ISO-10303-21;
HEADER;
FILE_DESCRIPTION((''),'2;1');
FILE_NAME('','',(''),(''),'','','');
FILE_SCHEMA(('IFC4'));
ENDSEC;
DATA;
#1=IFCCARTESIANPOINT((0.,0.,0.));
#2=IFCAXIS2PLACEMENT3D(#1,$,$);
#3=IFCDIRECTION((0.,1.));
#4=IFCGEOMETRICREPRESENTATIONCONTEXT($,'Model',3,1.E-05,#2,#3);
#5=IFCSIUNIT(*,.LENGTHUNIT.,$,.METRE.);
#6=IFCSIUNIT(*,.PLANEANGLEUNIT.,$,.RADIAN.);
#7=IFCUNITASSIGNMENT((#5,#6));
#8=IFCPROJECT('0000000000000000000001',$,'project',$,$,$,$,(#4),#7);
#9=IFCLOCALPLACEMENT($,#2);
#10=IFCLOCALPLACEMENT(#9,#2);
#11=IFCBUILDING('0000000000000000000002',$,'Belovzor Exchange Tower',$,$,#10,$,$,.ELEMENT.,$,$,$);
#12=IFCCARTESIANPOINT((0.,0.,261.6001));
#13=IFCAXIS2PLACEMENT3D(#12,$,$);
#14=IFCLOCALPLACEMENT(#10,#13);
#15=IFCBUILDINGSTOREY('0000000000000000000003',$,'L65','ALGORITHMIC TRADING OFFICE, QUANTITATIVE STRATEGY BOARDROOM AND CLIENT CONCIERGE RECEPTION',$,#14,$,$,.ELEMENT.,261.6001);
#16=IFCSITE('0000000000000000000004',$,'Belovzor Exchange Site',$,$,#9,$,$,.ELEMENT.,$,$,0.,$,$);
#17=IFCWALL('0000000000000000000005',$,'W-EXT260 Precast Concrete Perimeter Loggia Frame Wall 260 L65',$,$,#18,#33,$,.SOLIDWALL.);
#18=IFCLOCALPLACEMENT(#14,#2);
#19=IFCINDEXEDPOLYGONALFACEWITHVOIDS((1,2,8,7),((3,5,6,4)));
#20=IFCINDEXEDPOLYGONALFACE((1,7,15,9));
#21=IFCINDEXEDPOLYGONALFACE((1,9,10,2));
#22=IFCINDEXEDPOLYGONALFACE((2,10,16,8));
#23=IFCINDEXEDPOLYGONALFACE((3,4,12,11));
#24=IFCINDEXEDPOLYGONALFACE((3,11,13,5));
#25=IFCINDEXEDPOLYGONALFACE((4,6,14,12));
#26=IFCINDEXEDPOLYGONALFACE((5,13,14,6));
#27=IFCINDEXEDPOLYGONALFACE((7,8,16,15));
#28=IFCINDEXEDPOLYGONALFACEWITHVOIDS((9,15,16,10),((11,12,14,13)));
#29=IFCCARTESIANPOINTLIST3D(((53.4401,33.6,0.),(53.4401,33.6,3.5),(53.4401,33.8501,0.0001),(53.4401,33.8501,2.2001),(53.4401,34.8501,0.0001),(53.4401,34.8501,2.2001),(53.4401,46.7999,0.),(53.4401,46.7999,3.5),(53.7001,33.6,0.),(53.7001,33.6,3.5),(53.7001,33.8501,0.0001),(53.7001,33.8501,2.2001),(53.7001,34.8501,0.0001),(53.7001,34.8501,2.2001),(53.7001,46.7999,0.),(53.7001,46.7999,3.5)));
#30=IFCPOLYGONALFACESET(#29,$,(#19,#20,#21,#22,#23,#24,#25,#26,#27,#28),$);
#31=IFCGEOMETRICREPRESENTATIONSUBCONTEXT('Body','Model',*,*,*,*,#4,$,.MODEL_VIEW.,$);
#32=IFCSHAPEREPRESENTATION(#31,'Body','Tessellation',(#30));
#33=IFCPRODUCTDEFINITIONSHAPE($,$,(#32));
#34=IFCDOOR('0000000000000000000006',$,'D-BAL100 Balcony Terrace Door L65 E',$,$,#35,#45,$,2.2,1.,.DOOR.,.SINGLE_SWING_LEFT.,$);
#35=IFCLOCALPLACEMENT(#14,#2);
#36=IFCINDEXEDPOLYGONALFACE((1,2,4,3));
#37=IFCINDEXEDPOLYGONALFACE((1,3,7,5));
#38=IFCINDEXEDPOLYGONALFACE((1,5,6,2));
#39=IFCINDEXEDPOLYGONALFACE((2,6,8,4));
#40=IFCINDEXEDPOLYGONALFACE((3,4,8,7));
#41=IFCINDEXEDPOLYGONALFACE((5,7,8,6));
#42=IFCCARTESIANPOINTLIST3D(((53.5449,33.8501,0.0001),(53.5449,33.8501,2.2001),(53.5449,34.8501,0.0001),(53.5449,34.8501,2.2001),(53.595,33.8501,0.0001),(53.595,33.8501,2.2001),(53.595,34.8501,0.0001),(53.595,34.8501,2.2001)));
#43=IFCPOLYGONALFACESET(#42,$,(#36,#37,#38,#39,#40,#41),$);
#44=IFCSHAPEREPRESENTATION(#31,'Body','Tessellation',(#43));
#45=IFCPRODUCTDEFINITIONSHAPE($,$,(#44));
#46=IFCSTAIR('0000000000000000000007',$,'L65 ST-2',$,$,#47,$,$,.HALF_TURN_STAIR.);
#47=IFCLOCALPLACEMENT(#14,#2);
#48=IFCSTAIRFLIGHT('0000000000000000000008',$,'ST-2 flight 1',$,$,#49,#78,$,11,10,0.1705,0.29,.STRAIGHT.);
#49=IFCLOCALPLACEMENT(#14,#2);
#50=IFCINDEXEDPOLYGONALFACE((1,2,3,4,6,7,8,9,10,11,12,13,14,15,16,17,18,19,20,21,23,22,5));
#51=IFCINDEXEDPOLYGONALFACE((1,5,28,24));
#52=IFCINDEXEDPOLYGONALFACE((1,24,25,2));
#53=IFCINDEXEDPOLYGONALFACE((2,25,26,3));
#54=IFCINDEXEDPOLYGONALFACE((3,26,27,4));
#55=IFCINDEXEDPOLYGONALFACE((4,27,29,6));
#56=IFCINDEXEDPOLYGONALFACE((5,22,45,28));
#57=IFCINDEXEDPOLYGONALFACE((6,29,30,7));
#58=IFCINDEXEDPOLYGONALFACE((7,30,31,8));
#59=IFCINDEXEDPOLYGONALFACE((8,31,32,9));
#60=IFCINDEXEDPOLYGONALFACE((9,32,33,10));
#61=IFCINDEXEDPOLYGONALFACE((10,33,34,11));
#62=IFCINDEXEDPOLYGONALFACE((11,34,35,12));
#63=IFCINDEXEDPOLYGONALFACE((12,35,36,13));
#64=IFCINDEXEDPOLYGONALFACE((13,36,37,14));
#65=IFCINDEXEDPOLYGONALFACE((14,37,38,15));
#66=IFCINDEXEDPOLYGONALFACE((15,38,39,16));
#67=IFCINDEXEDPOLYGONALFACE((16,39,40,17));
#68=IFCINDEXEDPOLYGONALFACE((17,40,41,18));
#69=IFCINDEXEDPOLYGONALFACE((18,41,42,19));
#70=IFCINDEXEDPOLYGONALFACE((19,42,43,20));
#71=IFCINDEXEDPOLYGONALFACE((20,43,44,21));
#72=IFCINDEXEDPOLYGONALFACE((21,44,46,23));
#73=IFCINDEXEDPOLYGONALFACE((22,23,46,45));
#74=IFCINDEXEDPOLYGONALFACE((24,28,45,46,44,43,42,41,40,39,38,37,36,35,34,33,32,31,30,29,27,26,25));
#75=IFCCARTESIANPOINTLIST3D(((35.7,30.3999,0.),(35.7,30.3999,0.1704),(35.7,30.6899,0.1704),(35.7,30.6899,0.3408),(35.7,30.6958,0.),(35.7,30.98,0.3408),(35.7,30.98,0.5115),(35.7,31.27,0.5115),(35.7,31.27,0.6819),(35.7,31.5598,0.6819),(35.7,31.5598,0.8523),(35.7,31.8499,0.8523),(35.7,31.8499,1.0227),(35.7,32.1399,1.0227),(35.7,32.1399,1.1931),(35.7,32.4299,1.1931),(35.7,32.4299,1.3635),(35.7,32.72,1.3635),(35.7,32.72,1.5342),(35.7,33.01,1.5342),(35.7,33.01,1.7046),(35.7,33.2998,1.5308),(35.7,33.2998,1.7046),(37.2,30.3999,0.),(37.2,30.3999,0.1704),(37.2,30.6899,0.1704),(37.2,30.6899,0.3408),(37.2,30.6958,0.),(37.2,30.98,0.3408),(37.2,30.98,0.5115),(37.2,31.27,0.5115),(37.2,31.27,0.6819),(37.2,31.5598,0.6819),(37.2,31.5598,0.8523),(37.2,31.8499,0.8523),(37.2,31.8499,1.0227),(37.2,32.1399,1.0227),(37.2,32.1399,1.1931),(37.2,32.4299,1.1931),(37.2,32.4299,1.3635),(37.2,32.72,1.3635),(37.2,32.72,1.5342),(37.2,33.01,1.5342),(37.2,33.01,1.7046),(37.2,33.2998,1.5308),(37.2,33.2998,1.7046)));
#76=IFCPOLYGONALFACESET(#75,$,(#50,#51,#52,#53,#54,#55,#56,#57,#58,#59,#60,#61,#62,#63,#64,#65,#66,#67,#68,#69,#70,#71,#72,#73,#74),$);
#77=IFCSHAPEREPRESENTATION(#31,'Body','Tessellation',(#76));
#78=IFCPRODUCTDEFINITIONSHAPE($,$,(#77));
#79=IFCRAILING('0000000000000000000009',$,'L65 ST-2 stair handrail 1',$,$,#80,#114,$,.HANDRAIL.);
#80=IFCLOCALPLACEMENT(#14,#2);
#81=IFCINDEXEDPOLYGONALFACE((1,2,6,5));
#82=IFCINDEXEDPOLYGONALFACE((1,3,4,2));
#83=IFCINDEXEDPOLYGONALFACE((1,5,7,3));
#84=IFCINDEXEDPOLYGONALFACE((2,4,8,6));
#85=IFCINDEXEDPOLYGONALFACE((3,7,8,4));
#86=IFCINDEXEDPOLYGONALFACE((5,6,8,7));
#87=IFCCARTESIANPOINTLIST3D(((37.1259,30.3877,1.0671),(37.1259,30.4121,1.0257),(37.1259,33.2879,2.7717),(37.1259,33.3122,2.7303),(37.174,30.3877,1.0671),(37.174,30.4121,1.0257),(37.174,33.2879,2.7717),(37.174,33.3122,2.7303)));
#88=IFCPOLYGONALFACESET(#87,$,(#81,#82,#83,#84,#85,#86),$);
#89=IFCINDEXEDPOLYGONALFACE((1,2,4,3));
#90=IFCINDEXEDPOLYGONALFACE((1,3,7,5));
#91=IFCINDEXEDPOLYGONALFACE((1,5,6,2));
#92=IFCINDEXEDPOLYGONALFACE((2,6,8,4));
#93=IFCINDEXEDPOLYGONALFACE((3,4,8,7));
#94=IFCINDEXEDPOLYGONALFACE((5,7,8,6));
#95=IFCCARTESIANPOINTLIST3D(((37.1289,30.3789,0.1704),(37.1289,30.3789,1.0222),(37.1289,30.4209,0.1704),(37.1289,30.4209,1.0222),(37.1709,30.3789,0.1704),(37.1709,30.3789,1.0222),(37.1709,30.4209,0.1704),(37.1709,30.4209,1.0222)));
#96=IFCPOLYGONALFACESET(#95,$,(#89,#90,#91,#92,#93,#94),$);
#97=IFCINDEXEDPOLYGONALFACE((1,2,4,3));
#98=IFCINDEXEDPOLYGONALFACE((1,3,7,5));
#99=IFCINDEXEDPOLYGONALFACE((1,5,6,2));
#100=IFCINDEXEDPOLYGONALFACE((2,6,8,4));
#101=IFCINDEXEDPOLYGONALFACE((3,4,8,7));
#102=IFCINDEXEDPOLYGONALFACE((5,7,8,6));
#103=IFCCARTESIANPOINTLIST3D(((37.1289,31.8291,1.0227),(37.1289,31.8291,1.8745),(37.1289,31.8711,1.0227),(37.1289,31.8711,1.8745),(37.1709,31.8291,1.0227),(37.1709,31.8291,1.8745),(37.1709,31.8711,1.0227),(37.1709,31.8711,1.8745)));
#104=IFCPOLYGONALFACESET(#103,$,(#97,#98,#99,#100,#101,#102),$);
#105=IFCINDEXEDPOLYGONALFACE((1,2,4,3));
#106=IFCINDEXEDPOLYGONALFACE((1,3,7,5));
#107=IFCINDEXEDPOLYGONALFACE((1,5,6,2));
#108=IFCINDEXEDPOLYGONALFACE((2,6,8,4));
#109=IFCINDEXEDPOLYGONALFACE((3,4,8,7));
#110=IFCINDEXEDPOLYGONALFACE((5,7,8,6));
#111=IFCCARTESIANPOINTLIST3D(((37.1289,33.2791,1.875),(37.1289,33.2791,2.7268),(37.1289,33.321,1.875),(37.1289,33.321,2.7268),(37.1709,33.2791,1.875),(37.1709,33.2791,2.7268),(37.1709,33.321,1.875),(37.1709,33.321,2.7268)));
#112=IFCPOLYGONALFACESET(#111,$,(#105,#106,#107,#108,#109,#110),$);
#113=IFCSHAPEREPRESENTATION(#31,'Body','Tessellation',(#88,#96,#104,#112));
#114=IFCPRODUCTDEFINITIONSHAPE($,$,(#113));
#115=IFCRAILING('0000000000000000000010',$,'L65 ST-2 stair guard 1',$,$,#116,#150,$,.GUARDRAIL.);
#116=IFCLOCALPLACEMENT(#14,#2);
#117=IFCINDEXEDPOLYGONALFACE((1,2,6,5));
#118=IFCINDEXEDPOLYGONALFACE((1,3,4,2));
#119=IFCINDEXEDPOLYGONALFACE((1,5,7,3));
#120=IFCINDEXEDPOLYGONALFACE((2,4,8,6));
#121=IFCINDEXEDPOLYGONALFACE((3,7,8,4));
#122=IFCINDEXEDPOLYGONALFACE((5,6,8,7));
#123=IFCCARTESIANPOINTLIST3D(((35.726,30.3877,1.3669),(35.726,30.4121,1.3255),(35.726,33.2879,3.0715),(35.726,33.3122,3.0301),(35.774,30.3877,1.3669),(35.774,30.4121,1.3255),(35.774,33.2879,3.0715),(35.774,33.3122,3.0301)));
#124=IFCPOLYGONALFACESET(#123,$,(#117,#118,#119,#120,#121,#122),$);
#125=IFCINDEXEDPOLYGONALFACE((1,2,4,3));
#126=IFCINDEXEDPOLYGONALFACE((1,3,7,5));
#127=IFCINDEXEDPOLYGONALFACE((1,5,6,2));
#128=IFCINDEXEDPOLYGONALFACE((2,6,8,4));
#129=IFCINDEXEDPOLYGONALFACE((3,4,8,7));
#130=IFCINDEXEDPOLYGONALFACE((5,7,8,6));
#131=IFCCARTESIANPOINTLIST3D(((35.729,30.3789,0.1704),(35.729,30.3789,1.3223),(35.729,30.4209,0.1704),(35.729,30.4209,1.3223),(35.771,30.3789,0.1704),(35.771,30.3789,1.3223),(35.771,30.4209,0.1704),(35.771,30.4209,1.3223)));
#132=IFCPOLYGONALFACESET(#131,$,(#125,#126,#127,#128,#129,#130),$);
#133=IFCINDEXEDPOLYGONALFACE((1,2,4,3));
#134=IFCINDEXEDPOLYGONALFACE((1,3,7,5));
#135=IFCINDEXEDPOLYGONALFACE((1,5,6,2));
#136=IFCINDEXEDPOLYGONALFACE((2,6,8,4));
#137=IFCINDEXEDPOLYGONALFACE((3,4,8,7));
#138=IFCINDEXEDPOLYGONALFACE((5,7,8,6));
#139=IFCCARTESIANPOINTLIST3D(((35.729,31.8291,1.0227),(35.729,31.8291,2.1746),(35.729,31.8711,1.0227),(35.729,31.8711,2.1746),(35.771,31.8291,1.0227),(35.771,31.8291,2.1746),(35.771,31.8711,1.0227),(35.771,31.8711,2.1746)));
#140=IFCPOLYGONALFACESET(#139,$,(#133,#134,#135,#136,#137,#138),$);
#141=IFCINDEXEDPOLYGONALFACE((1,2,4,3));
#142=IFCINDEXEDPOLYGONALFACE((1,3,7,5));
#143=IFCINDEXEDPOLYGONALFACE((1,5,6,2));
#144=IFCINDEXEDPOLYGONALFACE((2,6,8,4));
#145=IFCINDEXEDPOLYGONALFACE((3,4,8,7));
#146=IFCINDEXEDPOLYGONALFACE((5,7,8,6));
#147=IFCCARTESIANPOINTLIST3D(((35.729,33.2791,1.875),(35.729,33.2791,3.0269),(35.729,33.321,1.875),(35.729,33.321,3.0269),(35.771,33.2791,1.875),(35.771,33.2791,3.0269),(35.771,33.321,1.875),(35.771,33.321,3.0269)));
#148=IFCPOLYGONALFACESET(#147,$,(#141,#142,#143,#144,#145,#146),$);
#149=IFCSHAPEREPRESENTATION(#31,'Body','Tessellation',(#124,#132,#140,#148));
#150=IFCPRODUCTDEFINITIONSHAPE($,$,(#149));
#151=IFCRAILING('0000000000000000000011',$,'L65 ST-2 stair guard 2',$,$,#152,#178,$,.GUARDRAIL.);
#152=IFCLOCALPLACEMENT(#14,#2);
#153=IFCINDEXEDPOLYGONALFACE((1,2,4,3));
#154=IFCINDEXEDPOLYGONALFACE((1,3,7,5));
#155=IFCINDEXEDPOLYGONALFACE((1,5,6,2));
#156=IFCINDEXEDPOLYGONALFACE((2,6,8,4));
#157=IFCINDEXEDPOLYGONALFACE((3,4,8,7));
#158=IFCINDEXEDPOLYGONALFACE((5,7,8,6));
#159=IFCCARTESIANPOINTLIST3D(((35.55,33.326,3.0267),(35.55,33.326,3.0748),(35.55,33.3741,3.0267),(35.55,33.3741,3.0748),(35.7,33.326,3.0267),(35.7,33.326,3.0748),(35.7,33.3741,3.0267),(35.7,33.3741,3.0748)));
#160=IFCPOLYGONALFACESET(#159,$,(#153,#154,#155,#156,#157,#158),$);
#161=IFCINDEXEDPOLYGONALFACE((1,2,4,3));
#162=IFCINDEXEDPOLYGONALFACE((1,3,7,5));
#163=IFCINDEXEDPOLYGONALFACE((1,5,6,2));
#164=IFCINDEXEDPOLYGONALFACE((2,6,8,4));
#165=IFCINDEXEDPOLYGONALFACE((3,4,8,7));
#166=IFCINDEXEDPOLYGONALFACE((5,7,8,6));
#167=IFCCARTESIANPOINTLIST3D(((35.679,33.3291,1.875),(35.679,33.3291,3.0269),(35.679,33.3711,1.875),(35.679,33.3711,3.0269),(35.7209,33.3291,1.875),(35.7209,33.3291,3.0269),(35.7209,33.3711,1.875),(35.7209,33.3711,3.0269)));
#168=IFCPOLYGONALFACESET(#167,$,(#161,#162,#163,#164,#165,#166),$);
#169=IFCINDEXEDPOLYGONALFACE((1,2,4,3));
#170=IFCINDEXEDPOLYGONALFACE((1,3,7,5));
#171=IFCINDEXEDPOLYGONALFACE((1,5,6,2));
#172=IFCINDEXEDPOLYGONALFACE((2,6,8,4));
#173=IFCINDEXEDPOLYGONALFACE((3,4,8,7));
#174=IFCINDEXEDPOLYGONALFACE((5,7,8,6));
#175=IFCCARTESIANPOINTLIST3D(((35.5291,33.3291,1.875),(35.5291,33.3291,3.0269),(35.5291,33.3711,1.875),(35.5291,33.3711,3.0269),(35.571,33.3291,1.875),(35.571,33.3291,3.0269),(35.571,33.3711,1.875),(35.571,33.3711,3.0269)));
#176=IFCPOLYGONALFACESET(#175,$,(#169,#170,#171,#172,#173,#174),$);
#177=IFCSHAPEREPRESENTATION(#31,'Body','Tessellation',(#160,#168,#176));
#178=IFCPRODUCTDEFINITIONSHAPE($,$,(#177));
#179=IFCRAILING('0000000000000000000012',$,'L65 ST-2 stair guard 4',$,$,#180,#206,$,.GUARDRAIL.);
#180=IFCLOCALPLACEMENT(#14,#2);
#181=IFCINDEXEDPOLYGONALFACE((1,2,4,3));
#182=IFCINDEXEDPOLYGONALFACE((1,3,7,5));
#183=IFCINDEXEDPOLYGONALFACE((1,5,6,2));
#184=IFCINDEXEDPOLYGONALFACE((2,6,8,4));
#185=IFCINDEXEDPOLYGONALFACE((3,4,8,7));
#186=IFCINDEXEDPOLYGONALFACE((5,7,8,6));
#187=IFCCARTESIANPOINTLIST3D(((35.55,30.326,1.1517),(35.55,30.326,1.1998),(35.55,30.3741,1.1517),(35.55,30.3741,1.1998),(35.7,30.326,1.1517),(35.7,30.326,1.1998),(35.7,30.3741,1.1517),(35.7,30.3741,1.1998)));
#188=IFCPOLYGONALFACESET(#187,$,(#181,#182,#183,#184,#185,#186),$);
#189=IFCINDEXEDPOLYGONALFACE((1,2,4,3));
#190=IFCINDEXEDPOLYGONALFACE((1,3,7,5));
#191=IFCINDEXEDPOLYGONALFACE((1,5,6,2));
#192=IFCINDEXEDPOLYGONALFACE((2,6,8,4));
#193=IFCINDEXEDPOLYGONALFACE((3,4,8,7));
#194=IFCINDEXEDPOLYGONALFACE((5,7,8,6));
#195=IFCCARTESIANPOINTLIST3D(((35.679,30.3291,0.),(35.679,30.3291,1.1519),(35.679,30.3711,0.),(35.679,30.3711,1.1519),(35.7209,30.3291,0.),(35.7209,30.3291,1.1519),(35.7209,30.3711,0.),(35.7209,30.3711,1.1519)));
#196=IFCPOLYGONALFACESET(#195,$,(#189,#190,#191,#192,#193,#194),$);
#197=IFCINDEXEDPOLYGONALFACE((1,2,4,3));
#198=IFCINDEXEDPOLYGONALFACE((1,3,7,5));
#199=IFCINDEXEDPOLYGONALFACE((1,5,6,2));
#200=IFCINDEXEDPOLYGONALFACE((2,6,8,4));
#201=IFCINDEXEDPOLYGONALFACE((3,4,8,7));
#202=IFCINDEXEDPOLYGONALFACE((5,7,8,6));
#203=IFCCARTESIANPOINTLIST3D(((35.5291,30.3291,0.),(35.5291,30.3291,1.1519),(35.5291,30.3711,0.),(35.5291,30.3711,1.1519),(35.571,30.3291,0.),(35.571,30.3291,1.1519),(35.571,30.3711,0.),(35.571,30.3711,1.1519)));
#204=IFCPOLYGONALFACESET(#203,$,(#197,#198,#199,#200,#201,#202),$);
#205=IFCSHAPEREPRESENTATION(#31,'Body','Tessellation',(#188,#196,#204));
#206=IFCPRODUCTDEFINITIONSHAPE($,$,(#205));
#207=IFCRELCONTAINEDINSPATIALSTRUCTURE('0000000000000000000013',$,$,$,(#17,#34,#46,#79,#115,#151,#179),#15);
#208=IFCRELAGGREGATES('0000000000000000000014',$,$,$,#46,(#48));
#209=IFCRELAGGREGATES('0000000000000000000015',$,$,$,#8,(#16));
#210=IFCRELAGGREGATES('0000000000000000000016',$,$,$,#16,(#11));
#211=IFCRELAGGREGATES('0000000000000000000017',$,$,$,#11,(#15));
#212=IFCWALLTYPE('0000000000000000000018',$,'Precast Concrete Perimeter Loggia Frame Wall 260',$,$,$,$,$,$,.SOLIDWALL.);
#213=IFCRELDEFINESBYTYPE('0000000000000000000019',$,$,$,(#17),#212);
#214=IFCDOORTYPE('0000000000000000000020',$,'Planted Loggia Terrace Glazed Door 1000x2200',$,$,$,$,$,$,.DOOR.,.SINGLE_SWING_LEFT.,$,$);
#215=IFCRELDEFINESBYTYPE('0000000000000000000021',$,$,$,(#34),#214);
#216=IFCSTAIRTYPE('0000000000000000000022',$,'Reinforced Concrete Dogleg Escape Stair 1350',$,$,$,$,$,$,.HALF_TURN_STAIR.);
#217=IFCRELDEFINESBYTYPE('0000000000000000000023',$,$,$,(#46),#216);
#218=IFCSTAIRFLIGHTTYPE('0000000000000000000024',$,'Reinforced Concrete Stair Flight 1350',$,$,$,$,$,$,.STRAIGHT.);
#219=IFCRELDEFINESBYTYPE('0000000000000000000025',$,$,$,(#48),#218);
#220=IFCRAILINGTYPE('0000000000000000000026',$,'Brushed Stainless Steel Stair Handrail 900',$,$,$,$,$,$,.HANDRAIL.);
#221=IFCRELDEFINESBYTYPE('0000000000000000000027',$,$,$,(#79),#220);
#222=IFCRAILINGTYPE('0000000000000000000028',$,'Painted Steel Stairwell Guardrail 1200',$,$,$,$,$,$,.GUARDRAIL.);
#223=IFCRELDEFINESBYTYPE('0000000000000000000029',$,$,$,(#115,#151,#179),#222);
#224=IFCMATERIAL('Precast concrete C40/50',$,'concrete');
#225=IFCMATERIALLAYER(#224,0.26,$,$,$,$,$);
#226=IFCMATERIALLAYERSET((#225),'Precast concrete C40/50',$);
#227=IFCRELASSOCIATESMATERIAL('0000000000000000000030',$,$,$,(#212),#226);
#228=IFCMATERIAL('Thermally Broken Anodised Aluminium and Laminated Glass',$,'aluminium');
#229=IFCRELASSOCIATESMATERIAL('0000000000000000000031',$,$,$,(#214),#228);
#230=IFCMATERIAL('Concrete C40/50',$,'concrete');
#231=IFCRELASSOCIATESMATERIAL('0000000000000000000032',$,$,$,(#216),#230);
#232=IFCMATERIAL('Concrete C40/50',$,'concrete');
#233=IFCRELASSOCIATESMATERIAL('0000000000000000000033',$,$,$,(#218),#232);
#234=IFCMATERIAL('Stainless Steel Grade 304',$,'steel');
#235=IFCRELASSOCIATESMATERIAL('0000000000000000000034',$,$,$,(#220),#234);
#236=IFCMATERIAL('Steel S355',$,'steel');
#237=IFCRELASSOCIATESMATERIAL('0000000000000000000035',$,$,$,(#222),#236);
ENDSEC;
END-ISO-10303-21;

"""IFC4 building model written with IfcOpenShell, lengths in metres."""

from ifc_helpers import new_model, si_unit, direction, frame, frame_2d, origin, origin_2d, place, context, subcontext, project, spatial, polyline, rectangle, outline, extrude, material, layer, layer_set, type_object, element, fill, aggregate, save


model = new_model("IFC4")

# Units and contexts
model_context = context("Model", 3, precision=1e-05, world=origin(), true_north=direction((0.0, 1.0)))
body_context = subcontext(model_context, "Body", "Model", "MODEL_VIEW")
ifc_project = project(units=[si_unit("LENGTHUNIT", "METRE"), si_unit("PLANEANGLEUNIT", "RADIAN")], contexts=[model_context])

# Site, building, storey
site_placement = place(None, origin())
site = spatial("IfcSite", under=ifc_project, at=site_placement, Name="Belovzor Exchange Site", CompositionType="ELEMENT", RefElevation=0.0)
building_placement = place(site_placement, origin())
building = spatial("IfcBuilding", under=site, at=building_placement, Name="Belovzor Exchange Tower", CompositionType="ELEMENT")
storey_placement = place(building_placement, frame((0.0, 0.0, 261.6001)))
storey = spatial("IfcBuildingStorey", under=building, at=storey_placement, Name="L65", Description="ALGORITHMIC TRADING OFFICE, QUANTITATIVE STRATEGY BOARDROOM AND CLIENT CONCIERGE RECEPTION", CompositionType="ELEMENT", Elevation=261.6001)

# Wall, opening, door
ifc_material_1 = material(Name="Precast concrete C40/50", Category="concrete")
ifc_layer_1 = layer(ifc_material_1, 0.26)
ifc_layer_set_1 = layer_set([ifc_layer_1], Name="Precast concrete C40/50")
wall_type_1 = type_object("IfcWallType", Name="Precast Concrete Perimeter Loggia Frame Wall 260", PredefinedType="SOLIDWALL", material=ifc_layer_set_1)
wall_1_placement = place(storey_placement, frame((53.5701, 46.8, 0.0), z_axis=(0.0, 0.0, 1.0), x_axis=(0.0, -1.0, 0.0)))
wall_1 = element("IfcWall", 1, at=wall_1_placement, inside=storey, type_object=wall_type_1, Name="W-EXT260 Precast Concrete Perimeter Loggia Frame Wall 260 L65", PredefinedType="SOLIDWALL", context=body_context, shape_type="SweptSolid", body=[
    extrude(rectangle(XDim=13.2, YDim=0.26, at=frame_2d((6.6001, 0.0))), origin(), (0.0, 0.0, 1.0), 3.5),
])
opening_1_placement = place(wall_1_placement, frame((11.95, 0.0, 0.0)))
opening_1 = element("IfcOpeningElement", 2, at=opening_1_placement, cuts=wall_1, PredefinedType="OPENING", context=body_context, shape_type="SweptSolid", body=[
    extrude(rectangle(XDim=1.0, YDim=2.2, at=frame_2d((0.5, 1.1001))), frame((0.0, 0.1399, 0.0), z_axis=(0.0, -1.0, 0.0), x_axis=(1.0, 0.0, 0.0)), (0.0, 0.0, 1.0), 0.28),
])
ifc_material_2 = material(Name="Thermally Broken Anodised Aluminium and Laminated Glass", Category="aluminium")
door_type = type_object("IfcDoorType", Name="Planted Loggia Terrace Glazed Door 1000x2200", OperationType="SINGLE_SWING_LEFT", PredefinedType="DOOR", material=ifc_material_2)
door_placement = place(opening_1_placement, origin())
door = element("IfcDoor", 3, at=door_placement, inside=storey, type_object=door_type, Name="D-BAL100 Balcony Terrace Door L65 E", OperationType="SINGLE_SWING_LEFT", OverallHeight=2.2, OverallWidth=1.0, PredefinedType="DOOR", context=body_context, shape_type="SweptSolid", body=[
    extrude(rectangle(XDim=1.0, YDim=2.2, at=frame_2d((0.5, 1.1001))), frame((0.0, 0.0249, 0.0), z_axis=(0.0, -1.0, 0.0), x_axis=(1.0, 0.0, 0.0)), (0.0, 0.0, 1.0), 0.05),
])
fill(opening_1, door)

# Stair, stair flight
ifc_material_3 = material(Name="Concrete C40/50", Category="concrete")
stair_type = type_object("IfcStairType", Name="Reinforced Concrete Dogleg Escape Stair 1350", PredefinedType="HALF_TURN_STAIR", material=ifc_material_3)
stair_placement = place(storey_placement, origin())
stair = element("IfcStair", 4, at=stair_placement, inside=storey, type_object=stair_type, Name="L65 ST-2", PredefinedType="HALF_TURN_STAIR")
ifc_material_4 = material(Name="Concrete C40/50", Category="concrete")
stair_flight_type = type_object("IfcStairFlightType", Name="Reinforced Concrete Stair Flight 1350", PredefinedType="STRAIGHT", material=ifc_material_4)
stair_flight_placement = place(storey_placement, frame((36.45, 30.3999, 0.0), z_axis=(0.0, 0.0, 1.0), x_axis=(0.0, 1.0, 0.0)))
stair_flight = element("IfcStairFlight", 5, at=stair_flight_placement, type_object=stair_flight_type, Name="ST-2 flight 1", NumberOfRisers=11, NumberOfTreads=10, PredefinedType="STRAIGHT", RiserHeight=0.1705, TreadLength=0.29, context=body_context, shape_type="SweptSolid", body=[
    extrude(outline(polyline([(0.0, 0.0), (0.0, 0.1704), (0.29, 0.1704), (0.29, 0.3408), (0.5801, 0.3408), (0.5801, 0.5115), (0.8701, 0.5115), (0.8701, 0.6819), (1.1599, 0.6819), (1.1599, 0.8523), (1.45, 0.8523), (1.45, 1.0227), (1.74, 1.0227), (1.74, 1.1931), (2.03, 1.1931), (2.03, 1.3635), (2.3201, 1.3635), (2.3201, 1.5342), (2.6101, 1.5342), (2.6101, 1.7046), (2.8999, 1.7046), (2.8999, 1.875), (2.8999, 1.5308), (0.2959, 0.0), (0.0, 0.0)])), frame((0.0, 0.75, 0.0), z_axis=(0.0, -1.0, 0.0), x_axis=(1.0, 0.0, 0.0)), (0.0, 0.0, 1.0), 1.5),
])
aggregate(stair, [stair_flight])

# Railings
ifc_material_5 = material(Name="Stainless Steel Grade 304", Category="steel")
railing_type_1 = type_object("IfcRailingType", Name="Brushed Stainless Steel Stair Handrail 900", PredefinedType="HANDRAIL", material=ifc_material_5)
railing_1_placement = place(storey_placement, frame((37.1499, 30.3999, 0.1704)))
element("IfcRailing", 6, at=railing_1_placement, inside=storey, type_object=railing_type_1, Name="L65 ST-2 stair handrail 1", PredefinedType="HANDRAIL", context=body_context, shape_type="SweptSolid", body=[
    extrude(rectangle(XDim=0.0481, YDim=0.0481, at=origin_2d()), frame((0.0, 0.0, 0.876), z_axis=(0.0, 0.862113, 0.506716), x_axis=(-1.0, 0.0, 0.0)), (0.0, 0.0, 1.0), 3.364),
    extrude(rectangle(XDim=0.042, YDim=0.042, at=origin_2d()), origin(), (0.0, 0.0, 1.0), 0.8518),
    extrude(rectangle(XDim=0.042, YDim=0.042, at=origin_2d()), frame((0.0, 1.4502, 0.8523)), (0.0, 0.0, 1.0), 0.8518),
    extrude(rectangle(XDim=0.042, YDim=0.042, at=origin_2d()), frame((0.0, 2.9001, 1.7046)), (0.0, 0.0, 1.0), 0.8518),
])
ifc_material_6 = material(Name="Steel S355", Category="steel")
railing_type_2 = type_object("IfcRailingType", Name="Painted Steel Stairwell Guardrail 1200", PredefinedType="GUARDRAIL", material=ifc_material_6)
railing_2_placement = place(storey_placement, frame((35.75, 30.3999, 0.1704)))
element("IfcRailing", 7, at=railing_2_placement, inside=storey, type_object=railing_type_2, Name="L65 ST-2 stair guard 1", PredefinedType="GUARDRAIL", context=body_context, shape_type="SweptSolid", body=[
    extrude(rectangle(XDim=0.0481, YDim=0.0481, at=origin_2d()), frame((0.0, 0.0, 1.1758), z_axis=(0.0, 0.862113, 0.506716), x_axis=(-1.0, 0.0, 0.0)), (0.0, 0.0, 1.0), 3.364),
    extrude(rectangle(XDim=0.042, YDim=0.042, at=origin_2d()), origin(), (0.0, 0.0, 1.0), 1.1519),
    extrude(rectangle(XDim=0.042, YDim=0.042, at=origin_2d()), frame((0.0, 1.4502, 0.8523)), (0.0, 0.0, 1.0), 1.1519),
    extrude(rectangle(XDim=0.042, YDim=0.042, at=origin_2d()), frame((0.0, 2.9001, 1.7046)), (0.0, 0.0, 1.0), 1.1519),
])
for number, where, name in (
    (8, (35.7, 33.3501, 1.875), "L65 ST-2 stair guard 2"),
    (9, (35.7, 30.3501, 0.0), "L65 ST-2 stair guard 4"),
):
    element("IfcRailing", number, at=place(storey_placement, frame(where)), inside=storey, type_object=railing_type_2, Name=name, PredefinedType="GUARDRAIL", context=body_context, shape_type="SweptSolid", body=[
        extrude(rectangle(XDim=0.0481, YDim=0.0481, at=origin_2d()), frame((0.0, 0.0, 1.1758), z_axis=(-1.0, 0.0, 0.0), x_axis=(0.0, -1.0, 0.0)), (0.0, 0.0, 1.0), 0.1499),
        extrude(rectangle(XDim=0.042, YDim=0.042, at=origin_2d()), origin(), (0.0, 0.0, 1.0), 1.1519),
        extrude(rectangle(XDim=0.042, YDim=0.042, at=origin_2d()), frame((-0.1499, 0.0, 0.0)), (0.0, 0.0, 1.0), 1.1519),
    ])

save(model, "model.ifc")
